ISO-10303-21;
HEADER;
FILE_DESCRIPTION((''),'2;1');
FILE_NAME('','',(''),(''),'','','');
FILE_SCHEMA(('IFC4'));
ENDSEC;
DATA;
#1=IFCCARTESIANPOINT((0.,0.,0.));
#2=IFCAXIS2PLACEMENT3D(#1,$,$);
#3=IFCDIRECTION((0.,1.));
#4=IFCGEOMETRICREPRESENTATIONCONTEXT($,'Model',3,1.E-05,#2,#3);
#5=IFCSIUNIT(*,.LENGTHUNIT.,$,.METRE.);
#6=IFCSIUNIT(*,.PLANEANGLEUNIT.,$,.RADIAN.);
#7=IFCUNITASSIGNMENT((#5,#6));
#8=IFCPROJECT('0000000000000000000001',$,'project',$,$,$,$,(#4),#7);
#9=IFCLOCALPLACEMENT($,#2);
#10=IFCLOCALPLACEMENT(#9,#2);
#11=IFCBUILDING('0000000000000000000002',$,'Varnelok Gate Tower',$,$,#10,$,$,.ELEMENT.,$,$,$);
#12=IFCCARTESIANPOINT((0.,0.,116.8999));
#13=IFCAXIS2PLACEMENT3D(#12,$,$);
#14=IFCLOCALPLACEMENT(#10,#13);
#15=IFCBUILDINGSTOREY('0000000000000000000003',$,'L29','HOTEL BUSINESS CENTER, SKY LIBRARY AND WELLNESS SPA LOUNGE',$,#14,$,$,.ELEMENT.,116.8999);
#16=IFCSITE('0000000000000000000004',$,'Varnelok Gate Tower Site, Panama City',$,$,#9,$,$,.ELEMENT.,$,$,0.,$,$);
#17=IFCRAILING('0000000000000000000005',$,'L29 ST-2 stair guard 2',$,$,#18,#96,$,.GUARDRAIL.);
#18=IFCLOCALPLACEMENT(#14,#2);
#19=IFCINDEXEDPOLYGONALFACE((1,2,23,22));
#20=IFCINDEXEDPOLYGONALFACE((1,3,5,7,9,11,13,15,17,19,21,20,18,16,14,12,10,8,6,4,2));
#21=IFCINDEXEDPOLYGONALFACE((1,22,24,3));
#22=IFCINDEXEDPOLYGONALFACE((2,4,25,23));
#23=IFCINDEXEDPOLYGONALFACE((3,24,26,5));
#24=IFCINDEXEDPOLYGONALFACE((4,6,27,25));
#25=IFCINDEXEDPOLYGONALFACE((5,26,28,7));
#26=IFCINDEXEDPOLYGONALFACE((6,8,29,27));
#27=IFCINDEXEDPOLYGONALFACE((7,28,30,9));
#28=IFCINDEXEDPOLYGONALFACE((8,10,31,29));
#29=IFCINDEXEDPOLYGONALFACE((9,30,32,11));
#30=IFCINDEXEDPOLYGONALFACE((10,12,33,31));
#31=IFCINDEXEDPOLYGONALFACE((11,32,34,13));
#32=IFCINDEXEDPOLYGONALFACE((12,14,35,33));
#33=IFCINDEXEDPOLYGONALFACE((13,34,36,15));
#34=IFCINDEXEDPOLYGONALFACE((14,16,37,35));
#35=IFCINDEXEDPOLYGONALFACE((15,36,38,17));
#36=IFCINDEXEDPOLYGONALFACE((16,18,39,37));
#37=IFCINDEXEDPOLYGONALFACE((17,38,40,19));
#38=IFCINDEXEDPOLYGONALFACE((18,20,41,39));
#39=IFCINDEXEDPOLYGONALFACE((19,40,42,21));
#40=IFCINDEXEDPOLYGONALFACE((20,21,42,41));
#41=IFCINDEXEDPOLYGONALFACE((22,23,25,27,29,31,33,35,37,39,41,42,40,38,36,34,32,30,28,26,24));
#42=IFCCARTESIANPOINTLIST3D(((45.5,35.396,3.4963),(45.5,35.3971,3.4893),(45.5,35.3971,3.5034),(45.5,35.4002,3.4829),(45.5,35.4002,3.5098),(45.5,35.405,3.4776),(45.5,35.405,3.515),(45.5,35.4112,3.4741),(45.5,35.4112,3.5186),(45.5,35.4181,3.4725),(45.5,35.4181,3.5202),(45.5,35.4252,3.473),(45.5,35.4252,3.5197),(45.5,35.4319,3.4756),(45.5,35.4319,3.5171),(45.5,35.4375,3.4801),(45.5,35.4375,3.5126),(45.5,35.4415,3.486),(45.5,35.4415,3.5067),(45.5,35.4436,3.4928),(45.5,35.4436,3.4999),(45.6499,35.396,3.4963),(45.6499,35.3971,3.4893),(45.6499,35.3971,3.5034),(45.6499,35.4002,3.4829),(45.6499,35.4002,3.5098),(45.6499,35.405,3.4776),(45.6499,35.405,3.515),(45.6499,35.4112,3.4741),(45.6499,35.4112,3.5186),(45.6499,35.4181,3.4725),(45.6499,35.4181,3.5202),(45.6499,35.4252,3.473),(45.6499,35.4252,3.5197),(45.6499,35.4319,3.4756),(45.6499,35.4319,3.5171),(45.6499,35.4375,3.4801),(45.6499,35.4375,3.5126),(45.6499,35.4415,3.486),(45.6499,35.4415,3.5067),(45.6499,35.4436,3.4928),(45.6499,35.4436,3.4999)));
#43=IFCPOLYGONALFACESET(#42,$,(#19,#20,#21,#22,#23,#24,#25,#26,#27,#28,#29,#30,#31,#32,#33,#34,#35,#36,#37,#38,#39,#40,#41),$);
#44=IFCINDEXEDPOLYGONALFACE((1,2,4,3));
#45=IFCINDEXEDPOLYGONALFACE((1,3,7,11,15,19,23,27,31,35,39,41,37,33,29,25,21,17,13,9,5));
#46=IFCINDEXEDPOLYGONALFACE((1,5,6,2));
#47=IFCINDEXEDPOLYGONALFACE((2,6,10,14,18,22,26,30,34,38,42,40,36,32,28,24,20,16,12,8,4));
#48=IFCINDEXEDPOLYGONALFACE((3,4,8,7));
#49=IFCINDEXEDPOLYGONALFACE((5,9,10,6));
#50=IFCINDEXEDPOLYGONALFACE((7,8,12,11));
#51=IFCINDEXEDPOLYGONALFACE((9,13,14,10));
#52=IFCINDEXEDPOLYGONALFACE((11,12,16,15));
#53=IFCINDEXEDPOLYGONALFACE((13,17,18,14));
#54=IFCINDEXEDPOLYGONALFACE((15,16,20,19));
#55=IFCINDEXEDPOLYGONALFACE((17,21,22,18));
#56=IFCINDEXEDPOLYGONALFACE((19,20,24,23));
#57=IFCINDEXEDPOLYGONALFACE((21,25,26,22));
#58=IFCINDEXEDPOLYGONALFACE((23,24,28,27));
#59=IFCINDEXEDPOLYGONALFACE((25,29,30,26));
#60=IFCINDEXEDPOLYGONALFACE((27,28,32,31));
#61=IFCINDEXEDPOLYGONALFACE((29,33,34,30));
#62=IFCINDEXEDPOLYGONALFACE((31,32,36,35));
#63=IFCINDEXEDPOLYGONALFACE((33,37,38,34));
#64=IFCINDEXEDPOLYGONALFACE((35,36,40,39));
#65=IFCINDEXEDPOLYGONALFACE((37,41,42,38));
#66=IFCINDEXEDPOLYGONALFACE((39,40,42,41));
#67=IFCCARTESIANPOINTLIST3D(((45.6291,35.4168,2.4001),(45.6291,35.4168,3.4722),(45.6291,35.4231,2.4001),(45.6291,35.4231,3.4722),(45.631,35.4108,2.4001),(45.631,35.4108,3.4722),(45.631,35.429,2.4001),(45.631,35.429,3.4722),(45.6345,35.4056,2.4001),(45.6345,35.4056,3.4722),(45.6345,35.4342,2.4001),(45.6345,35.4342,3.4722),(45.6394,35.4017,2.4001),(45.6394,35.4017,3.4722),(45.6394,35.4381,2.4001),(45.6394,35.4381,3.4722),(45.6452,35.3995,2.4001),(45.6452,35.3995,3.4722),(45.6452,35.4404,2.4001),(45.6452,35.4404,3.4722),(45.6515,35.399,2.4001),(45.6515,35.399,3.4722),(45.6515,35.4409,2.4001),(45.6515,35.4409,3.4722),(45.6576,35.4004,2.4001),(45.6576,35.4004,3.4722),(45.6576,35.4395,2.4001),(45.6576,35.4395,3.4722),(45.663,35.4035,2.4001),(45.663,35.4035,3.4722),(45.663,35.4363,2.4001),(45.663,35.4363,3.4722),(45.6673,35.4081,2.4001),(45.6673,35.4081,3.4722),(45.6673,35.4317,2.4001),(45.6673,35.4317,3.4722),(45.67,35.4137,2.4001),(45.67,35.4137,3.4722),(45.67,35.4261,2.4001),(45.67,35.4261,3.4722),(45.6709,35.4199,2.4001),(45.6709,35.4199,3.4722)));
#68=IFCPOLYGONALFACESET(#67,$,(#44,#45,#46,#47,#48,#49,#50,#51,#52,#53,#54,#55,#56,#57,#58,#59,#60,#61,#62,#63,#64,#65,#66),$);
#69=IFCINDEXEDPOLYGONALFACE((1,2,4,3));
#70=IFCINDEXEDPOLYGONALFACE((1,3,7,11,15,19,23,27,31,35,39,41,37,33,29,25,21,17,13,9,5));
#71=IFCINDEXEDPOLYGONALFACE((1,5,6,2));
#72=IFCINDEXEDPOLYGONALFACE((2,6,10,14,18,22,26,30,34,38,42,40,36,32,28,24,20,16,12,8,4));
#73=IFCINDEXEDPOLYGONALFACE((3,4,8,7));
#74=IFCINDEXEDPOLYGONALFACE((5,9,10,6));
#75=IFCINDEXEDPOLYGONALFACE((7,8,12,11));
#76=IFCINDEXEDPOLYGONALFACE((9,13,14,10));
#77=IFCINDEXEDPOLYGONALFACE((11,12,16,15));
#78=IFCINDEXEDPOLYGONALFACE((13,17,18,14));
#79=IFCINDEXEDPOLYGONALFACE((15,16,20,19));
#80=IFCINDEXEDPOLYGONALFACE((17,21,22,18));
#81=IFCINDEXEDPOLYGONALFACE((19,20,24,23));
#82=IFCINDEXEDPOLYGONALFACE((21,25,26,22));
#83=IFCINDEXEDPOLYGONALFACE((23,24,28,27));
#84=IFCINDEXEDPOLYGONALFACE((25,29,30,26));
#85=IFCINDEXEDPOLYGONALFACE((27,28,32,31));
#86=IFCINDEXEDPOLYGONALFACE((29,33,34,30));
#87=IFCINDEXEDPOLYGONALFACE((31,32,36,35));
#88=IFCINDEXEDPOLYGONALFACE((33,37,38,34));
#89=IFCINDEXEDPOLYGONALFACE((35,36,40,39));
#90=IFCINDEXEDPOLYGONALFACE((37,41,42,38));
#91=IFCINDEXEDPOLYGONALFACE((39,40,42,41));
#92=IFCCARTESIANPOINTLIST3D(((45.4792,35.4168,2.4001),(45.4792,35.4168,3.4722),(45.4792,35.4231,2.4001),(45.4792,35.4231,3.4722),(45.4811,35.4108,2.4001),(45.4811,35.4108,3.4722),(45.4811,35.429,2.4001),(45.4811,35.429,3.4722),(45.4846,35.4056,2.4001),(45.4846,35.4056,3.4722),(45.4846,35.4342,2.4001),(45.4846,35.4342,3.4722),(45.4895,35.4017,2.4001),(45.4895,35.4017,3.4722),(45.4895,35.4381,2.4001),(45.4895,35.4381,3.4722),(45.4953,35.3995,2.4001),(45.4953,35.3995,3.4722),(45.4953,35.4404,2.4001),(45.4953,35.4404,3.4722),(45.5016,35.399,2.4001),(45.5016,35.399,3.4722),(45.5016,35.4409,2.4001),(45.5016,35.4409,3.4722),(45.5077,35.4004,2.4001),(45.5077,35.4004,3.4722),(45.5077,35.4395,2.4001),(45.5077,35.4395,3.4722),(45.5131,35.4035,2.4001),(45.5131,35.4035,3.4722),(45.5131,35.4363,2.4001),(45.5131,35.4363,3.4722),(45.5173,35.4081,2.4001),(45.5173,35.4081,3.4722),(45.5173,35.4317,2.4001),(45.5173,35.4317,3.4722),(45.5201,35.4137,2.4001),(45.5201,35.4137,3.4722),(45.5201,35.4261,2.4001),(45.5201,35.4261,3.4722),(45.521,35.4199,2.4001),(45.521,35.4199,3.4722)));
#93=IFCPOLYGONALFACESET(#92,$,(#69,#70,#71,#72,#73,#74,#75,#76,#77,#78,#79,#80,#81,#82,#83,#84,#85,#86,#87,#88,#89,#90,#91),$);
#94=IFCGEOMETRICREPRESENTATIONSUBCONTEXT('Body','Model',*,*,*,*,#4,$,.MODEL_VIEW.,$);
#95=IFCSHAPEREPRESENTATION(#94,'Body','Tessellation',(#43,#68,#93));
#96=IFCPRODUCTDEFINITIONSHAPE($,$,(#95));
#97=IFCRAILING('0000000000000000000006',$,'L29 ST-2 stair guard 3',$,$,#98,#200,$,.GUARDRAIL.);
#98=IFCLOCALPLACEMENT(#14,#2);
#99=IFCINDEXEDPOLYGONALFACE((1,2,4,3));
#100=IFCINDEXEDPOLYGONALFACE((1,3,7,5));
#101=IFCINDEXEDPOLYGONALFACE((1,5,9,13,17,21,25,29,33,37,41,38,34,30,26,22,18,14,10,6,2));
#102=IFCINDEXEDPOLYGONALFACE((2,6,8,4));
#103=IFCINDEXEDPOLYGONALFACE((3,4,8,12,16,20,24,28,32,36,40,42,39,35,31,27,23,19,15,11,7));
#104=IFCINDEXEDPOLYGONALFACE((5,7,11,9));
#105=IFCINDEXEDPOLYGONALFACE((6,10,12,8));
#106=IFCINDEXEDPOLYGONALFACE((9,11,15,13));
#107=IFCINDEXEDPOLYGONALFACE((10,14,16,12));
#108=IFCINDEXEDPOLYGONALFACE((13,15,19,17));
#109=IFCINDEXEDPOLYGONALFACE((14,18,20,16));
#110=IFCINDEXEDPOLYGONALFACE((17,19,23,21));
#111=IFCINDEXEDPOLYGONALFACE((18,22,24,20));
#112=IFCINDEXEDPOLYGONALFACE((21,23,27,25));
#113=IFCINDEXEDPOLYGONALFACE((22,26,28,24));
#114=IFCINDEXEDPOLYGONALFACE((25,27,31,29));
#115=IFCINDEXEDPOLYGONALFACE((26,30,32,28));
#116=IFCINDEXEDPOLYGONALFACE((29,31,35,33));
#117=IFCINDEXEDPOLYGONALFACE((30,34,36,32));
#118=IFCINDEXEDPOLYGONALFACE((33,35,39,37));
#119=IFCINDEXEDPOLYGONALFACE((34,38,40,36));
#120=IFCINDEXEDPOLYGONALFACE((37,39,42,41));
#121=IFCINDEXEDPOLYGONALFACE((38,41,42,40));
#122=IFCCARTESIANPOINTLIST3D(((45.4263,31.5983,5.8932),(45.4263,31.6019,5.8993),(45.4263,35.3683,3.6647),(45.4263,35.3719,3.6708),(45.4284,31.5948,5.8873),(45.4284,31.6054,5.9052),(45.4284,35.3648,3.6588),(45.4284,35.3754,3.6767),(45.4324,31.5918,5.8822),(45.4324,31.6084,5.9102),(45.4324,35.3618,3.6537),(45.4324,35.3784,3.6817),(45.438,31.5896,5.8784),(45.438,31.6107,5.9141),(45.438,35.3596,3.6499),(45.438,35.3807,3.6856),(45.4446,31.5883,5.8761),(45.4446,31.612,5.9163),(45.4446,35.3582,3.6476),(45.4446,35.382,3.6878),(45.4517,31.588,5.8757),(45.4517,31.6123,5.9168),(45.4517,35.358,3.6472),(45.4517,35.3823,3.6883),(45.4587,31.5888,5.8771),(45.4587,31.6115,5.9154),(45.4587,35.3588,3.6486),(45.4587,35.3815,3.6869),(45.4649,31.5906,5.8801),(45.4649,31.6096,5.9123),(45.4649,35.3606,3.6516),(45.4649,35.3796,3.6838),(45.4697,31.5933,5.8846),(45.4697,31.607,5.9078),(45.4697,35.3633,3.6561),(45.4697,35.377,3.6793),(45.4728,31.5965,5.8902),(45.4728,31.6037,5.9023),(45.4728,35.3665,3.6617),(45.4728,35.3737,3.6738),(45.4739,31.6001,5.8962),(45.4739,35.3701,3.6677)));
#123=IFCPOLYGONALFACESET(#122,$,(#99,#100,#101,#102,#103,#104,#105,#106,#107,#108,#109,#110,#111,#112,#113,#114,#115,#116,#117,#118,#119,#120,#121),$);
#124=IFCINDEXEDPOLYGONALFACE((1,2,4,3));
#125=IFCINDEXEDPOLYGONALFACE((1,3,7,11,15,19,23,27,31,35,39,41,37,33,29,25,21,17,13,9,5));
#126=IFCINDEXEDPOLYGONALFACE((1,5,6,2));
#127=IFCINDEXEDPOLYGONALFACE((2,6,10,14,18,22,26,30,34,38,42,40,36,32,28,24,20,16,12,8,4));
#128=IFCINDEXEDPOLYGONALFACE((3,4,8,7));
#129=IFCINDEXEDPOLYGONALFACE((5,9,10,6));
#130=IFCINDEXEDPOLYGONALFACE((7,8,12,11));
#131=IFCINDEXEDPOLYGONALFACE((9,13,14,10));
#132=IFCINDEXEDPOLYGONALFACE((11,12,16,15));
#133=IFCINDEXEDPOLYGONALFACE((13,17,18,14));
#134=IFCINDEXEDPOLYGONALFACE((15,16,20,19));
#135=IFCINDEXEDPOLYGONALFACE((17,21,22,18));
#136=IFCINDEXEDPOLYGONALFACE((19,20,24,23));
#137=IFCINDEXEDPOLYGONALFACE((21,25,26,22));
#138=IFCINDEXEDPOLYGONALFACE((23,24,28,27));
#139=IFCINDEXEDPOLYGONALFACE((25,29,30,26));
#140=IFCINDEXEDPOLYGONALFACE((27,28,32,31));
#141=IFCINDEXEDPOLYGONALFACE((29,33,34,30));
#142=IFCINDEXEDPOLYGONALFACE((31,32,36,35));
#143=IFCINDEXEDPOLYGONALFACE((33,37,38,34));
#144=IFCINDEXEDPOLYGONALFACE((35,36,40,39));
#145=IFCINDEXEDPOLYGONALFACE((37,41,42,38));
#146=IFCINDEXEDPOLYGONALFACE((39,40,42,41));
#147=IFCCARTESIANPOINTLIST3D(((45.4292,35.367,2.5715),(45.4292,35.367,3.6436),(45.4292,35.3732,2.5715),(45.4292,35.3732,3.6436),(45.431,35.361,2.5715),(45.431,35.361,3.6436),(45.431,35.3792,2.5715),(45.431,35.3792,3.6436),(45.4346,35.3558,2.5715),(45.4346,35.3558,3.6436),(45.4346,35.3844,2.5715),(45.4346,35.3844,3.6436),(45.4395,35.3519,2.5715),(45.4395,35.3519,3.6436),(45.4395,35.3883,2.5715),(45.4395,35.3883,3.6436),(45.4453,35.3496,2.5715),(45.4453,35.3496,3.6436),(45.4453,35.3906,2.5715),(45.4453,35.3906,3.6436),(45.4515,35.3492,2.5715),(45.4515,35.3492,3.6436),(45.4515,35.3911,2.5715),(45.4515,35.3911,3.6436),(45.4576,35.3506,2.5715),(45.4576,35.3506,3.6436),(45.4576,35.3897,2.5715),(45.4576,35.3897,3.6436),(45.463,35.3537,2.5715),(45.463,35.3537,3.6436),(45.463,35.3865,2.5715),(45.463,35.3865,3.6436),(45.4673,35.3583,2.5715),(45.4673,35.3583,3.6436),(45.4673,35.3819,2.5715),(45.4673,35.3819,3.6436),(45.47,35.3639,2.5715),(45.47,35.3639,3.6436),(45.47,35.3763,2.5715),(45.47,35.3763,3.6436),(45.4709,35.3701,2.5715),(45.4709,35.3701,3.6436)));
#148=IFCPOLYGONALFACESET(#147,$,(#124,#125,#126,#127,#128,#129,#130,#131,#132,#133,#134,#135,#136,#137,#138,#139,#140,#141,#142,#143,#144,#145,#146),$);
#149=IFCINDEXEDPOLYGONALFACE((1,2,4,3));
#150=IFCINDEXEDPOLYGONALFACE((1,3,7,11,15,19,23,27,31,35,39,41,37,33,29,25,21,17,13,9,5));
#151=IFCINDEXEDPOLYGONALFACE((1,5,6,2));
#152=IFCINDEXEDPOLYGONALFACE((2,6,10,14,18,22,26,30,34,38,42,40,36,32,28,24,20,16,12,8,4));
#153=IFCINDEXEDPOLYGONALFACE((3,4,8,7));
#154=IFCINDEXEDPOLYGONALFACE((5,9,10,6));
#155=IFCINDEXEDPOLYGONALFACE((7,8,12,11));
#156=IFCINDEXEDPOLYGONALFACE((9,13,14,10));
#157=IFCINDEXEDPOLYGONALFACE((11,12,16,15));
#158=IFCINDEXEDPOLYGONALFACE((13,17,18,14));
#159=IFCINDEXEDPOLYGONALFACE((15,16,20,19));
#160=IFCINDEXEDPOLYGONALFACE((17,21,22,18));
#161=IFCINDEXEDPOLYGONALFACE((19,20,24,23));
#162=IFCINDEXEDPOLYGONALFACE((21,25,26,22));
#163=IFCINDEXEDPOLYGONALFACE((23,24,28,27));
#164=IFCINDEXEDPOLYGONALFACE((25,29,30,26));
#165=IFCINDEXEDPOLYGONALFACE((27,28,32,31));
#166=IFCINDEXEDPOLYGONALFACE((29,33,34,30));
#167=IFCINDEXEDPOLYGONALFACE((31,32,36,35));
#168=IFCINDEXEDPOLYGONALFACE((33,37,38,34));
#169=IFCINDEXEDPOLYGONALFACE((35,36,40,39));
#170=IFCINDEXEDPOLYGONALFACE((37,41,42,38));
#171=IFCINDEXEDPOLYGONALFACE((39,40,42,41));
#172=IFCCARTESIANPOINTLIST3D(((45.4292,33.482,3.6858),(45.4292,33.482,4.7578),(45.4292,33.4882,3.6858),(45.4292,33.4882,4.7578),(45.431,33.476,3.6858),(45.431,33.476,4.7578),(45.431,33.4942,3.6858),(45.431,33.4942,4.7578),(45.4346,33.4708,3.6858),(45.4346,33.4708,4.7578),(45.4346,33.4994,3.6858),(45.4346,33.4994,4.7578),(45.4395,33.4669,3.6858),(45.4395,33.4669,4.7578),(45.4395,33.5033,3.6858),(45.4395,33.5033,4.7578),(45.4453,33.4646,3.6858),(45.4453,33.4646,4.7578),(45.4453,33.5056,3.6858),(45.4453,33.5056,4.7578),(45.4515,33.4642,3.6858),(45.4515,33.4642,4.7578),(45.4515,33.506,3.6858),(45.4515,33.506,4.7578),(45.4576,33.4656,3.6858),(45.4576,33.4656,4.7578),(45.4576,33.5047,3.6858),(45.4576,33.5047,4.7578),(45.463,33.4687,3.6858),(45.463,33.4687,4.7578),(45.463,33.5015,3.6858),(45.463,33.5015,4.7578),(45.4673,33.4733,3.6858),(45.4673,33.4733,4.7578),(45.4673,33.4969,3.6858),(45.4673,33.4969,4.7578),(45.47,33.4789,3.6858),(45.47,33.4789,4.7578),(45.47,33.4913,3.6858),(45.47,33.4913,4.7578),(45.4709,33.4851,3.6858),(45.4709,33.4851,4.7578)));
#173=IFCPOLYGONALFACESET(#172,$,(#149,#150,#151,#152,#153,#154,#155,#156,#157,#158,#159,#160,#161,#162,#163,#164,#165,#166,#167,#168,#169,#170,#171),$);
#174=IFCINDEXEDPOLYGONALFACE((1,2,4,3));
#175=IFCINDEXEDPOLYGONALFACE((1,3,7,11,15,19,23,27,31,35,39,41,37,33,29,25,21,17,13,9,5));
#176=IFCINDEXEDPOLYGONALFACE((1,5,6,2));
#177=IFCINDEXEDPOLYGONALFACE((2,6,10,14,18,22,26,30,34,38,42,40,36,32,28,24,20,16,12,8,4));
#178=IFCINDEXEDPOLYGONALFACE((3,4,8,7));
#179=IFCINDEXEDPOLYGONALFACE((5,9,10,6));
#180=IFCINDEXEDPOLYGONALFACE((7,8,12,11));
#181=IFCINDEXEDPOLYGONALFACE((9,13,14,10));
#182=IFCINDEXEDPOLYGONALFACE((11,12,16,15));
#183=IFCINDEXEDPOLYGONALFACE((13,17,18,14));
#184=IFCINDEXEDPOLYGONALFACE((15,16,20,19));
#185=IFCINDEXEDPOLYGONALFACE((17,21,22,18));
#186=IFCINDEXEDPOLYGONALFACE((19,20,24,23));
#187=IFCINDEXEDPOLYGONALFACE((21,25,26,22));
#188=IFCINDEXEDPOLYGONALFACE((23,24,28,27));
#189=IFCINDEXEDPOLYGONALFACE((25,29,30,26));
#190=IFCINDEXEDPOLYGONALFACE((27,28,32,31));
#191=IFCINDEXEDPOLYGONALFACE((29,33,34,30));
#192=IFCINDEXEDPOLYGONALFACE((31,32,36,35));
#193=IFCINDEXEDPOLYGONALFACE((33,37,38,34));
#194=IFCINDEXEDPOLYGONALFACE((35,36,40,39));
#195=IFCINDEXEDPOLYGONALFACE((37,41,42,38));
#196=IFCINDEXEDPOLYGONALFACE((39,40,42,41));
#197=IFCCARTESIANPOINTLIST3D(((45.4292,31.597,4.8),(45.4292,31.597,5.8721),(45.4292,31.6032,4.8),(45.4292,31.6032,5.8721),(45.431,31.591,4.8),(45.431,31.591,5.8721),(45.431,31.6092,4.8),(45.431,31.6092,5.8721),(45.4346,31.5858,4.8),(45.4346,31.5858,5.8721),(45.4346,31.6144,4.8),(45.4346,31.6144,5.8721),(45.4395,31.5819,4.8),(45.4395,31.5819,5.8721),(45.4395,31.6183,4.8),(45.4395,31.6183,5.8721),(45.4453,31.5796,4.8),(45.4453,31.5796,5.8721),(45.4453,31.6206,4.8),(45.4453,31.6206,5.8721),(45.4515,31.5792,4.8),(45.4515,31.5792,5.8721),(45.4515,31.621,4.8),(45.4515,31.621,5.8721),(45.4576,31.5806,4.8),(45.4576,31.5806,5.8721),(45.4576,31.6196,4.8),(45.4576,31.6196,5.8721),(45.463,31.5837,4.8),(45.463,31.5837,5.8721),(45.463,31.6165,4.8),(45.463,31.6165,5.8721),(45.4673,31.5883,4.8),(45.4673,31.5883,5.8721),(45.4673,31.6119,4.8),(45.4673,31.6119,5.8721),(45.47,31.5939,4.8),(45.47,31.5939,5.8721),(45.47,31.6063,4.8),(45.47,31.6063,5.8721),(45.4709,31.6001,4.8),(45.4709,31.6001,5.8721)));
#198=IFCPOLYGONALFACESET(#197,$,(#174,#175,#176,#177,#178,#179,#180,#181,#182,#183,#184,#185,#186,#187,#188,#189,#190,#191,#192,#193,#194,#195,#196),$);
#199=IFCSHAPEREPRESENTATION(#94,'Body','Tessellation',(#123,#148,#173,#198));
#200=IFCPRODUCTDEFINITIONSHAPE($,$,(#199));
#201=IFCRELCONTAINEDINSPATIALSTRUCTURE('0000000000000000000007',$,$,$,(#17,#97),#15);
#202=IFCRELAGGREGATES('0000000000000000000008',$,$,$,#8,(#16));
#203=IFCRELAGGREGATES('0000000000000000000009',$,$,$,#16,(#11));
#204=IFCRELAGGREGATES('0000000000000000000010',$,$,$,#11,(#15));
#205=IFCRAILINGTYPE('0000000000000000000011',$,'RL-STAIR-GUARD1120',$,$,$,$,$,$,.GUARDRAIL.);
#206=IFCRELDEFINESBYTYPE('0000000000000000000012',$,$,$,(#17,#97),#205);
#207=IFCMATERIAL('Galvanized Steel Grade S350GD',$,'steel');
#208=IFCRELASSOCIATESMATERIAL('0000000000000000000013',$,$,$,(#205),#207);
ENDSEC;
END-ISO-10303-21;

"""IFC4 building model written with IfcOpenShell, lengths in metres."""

from ifc_helpers import new_model, si_unit, direction, frame, origin, origin_2d, place, context, subcontext, project, spatial, circle, extrude, material, type_object, element, save


model = new_model("IFC4")

# Units and contexts
model_context = context("Model", 3, precision=1e-05, world=origin(), true_north=direction((0.0, 1.0)))
body_context = subcontext(model_context, "Body", "Model", "MODEL_VIEW")
ifc_project = project(units=[si_unit("LENGTHUNIT", "METRE"), si_unit("PLANEANGLEUNIT", "RADIAN")], contexts=[model_context])

# Site, building, storey
site_placement = place(None, origin())
site = spatial("IfcSite", under=ifc_project, at=site_placement, Name="Varnelok Gate Tower Site, Panama City", CompositionType="ELEMENT", RefElevation=0.0)
building_placement = place(site_placement, origin())
building = spatial("IfcBuilding", under=site, at=building_placement, Name="Varnelok Gate Tower", CompositionType="ELEMENT")
storey_placement = place(building_placement, frame((0.0, 0.0, 116.8999)))
storey = spatial("IfcBuildingStorey", under=building, at=storey_placement, Name="L29", Description="HOTEL BUSINESS CENTER, SKY LIBRARY AND WELLNESS SPA LOUNGE", CompositionType="ELEMENT", Elevation=116.8999)

# Shared definitions
ifc_material_1 = material(Name="Galvanized Steel Grade S350GD", Category="steel")

# Railings
railing_type_1 = type_object("IfcRailingType", Name="RL-STAIR-GUARD1120", PredefinedType="GUARDRAIL", material=ifc_material_1)
railing_1_placement = place(storey_placement, frame((45.6499, 35.4199, 2.4001)))
element("IfcRailing", 1, at=railing_1_placement, inside=storey, type_object=railing_type_1, Name="L29 ST-2 stair guard 2", PredefinedType="GUARDRAIL", context=body_context, shape_type="SweptSolid", body=[
    extrude(circle(Radius=0.0239, at=origin_2d()), frame((0.0, 0.0, 1.0962), z_axis=(-1.0, 0.0, 0.0), x_axis=(0.0, -1.0, 0.0)), (0.0, 0.0, 1.0), 0.1499),
    extrude(circle(Radius=0.021, at=origin_2d()), origin(), (0.0, 0.0, 1.0), 1.072),
    extrude(circle(Radius=0.021, at=origin_2d()), frame((-0.1499, 0.0, 0.0)), (0.0, 0.0, 1.0), 1.072),
])
railing_2_placement = place(storey_placement, frame((45.45, 35.3701, 2.5715)))
element("IfcRailing", 2, at=railing_2_placement, inside=storey, type_object=railing_type_1, Name="L29 ST-2 stair guard 3", PredefinedType="GUARDRAIL", context=body_context, shape_type="SweptSolid", body=[
    extrude(circle(Radius=0.0239, at=origin_2d()), frame((0.0, 0.0, 1.0962), z_axis=(0.0, -0.860849, 0.508861), x_axis=(1.0, 0.0, 0.0)), (0.0, 0.0, 1.0), 4.3794),
    extrude(circle(Radius=0.021, at=origin_2d()), origin(), (0.0, 0.0, 1.0), 1.072),
    extrude(circle(Radius=0.021, at=origin_2d()), frame((0.0, -1.885, 1.1143)), (0.0, 0.0, 1.0), 1.072),
    extrude(circle(Radius=0.021, at=origin_2d()), frame((0.0, -3.77, 2.2285)), (0.0, 0.0, 1.0), 1.072),
])

save(model, "model.ifc")
